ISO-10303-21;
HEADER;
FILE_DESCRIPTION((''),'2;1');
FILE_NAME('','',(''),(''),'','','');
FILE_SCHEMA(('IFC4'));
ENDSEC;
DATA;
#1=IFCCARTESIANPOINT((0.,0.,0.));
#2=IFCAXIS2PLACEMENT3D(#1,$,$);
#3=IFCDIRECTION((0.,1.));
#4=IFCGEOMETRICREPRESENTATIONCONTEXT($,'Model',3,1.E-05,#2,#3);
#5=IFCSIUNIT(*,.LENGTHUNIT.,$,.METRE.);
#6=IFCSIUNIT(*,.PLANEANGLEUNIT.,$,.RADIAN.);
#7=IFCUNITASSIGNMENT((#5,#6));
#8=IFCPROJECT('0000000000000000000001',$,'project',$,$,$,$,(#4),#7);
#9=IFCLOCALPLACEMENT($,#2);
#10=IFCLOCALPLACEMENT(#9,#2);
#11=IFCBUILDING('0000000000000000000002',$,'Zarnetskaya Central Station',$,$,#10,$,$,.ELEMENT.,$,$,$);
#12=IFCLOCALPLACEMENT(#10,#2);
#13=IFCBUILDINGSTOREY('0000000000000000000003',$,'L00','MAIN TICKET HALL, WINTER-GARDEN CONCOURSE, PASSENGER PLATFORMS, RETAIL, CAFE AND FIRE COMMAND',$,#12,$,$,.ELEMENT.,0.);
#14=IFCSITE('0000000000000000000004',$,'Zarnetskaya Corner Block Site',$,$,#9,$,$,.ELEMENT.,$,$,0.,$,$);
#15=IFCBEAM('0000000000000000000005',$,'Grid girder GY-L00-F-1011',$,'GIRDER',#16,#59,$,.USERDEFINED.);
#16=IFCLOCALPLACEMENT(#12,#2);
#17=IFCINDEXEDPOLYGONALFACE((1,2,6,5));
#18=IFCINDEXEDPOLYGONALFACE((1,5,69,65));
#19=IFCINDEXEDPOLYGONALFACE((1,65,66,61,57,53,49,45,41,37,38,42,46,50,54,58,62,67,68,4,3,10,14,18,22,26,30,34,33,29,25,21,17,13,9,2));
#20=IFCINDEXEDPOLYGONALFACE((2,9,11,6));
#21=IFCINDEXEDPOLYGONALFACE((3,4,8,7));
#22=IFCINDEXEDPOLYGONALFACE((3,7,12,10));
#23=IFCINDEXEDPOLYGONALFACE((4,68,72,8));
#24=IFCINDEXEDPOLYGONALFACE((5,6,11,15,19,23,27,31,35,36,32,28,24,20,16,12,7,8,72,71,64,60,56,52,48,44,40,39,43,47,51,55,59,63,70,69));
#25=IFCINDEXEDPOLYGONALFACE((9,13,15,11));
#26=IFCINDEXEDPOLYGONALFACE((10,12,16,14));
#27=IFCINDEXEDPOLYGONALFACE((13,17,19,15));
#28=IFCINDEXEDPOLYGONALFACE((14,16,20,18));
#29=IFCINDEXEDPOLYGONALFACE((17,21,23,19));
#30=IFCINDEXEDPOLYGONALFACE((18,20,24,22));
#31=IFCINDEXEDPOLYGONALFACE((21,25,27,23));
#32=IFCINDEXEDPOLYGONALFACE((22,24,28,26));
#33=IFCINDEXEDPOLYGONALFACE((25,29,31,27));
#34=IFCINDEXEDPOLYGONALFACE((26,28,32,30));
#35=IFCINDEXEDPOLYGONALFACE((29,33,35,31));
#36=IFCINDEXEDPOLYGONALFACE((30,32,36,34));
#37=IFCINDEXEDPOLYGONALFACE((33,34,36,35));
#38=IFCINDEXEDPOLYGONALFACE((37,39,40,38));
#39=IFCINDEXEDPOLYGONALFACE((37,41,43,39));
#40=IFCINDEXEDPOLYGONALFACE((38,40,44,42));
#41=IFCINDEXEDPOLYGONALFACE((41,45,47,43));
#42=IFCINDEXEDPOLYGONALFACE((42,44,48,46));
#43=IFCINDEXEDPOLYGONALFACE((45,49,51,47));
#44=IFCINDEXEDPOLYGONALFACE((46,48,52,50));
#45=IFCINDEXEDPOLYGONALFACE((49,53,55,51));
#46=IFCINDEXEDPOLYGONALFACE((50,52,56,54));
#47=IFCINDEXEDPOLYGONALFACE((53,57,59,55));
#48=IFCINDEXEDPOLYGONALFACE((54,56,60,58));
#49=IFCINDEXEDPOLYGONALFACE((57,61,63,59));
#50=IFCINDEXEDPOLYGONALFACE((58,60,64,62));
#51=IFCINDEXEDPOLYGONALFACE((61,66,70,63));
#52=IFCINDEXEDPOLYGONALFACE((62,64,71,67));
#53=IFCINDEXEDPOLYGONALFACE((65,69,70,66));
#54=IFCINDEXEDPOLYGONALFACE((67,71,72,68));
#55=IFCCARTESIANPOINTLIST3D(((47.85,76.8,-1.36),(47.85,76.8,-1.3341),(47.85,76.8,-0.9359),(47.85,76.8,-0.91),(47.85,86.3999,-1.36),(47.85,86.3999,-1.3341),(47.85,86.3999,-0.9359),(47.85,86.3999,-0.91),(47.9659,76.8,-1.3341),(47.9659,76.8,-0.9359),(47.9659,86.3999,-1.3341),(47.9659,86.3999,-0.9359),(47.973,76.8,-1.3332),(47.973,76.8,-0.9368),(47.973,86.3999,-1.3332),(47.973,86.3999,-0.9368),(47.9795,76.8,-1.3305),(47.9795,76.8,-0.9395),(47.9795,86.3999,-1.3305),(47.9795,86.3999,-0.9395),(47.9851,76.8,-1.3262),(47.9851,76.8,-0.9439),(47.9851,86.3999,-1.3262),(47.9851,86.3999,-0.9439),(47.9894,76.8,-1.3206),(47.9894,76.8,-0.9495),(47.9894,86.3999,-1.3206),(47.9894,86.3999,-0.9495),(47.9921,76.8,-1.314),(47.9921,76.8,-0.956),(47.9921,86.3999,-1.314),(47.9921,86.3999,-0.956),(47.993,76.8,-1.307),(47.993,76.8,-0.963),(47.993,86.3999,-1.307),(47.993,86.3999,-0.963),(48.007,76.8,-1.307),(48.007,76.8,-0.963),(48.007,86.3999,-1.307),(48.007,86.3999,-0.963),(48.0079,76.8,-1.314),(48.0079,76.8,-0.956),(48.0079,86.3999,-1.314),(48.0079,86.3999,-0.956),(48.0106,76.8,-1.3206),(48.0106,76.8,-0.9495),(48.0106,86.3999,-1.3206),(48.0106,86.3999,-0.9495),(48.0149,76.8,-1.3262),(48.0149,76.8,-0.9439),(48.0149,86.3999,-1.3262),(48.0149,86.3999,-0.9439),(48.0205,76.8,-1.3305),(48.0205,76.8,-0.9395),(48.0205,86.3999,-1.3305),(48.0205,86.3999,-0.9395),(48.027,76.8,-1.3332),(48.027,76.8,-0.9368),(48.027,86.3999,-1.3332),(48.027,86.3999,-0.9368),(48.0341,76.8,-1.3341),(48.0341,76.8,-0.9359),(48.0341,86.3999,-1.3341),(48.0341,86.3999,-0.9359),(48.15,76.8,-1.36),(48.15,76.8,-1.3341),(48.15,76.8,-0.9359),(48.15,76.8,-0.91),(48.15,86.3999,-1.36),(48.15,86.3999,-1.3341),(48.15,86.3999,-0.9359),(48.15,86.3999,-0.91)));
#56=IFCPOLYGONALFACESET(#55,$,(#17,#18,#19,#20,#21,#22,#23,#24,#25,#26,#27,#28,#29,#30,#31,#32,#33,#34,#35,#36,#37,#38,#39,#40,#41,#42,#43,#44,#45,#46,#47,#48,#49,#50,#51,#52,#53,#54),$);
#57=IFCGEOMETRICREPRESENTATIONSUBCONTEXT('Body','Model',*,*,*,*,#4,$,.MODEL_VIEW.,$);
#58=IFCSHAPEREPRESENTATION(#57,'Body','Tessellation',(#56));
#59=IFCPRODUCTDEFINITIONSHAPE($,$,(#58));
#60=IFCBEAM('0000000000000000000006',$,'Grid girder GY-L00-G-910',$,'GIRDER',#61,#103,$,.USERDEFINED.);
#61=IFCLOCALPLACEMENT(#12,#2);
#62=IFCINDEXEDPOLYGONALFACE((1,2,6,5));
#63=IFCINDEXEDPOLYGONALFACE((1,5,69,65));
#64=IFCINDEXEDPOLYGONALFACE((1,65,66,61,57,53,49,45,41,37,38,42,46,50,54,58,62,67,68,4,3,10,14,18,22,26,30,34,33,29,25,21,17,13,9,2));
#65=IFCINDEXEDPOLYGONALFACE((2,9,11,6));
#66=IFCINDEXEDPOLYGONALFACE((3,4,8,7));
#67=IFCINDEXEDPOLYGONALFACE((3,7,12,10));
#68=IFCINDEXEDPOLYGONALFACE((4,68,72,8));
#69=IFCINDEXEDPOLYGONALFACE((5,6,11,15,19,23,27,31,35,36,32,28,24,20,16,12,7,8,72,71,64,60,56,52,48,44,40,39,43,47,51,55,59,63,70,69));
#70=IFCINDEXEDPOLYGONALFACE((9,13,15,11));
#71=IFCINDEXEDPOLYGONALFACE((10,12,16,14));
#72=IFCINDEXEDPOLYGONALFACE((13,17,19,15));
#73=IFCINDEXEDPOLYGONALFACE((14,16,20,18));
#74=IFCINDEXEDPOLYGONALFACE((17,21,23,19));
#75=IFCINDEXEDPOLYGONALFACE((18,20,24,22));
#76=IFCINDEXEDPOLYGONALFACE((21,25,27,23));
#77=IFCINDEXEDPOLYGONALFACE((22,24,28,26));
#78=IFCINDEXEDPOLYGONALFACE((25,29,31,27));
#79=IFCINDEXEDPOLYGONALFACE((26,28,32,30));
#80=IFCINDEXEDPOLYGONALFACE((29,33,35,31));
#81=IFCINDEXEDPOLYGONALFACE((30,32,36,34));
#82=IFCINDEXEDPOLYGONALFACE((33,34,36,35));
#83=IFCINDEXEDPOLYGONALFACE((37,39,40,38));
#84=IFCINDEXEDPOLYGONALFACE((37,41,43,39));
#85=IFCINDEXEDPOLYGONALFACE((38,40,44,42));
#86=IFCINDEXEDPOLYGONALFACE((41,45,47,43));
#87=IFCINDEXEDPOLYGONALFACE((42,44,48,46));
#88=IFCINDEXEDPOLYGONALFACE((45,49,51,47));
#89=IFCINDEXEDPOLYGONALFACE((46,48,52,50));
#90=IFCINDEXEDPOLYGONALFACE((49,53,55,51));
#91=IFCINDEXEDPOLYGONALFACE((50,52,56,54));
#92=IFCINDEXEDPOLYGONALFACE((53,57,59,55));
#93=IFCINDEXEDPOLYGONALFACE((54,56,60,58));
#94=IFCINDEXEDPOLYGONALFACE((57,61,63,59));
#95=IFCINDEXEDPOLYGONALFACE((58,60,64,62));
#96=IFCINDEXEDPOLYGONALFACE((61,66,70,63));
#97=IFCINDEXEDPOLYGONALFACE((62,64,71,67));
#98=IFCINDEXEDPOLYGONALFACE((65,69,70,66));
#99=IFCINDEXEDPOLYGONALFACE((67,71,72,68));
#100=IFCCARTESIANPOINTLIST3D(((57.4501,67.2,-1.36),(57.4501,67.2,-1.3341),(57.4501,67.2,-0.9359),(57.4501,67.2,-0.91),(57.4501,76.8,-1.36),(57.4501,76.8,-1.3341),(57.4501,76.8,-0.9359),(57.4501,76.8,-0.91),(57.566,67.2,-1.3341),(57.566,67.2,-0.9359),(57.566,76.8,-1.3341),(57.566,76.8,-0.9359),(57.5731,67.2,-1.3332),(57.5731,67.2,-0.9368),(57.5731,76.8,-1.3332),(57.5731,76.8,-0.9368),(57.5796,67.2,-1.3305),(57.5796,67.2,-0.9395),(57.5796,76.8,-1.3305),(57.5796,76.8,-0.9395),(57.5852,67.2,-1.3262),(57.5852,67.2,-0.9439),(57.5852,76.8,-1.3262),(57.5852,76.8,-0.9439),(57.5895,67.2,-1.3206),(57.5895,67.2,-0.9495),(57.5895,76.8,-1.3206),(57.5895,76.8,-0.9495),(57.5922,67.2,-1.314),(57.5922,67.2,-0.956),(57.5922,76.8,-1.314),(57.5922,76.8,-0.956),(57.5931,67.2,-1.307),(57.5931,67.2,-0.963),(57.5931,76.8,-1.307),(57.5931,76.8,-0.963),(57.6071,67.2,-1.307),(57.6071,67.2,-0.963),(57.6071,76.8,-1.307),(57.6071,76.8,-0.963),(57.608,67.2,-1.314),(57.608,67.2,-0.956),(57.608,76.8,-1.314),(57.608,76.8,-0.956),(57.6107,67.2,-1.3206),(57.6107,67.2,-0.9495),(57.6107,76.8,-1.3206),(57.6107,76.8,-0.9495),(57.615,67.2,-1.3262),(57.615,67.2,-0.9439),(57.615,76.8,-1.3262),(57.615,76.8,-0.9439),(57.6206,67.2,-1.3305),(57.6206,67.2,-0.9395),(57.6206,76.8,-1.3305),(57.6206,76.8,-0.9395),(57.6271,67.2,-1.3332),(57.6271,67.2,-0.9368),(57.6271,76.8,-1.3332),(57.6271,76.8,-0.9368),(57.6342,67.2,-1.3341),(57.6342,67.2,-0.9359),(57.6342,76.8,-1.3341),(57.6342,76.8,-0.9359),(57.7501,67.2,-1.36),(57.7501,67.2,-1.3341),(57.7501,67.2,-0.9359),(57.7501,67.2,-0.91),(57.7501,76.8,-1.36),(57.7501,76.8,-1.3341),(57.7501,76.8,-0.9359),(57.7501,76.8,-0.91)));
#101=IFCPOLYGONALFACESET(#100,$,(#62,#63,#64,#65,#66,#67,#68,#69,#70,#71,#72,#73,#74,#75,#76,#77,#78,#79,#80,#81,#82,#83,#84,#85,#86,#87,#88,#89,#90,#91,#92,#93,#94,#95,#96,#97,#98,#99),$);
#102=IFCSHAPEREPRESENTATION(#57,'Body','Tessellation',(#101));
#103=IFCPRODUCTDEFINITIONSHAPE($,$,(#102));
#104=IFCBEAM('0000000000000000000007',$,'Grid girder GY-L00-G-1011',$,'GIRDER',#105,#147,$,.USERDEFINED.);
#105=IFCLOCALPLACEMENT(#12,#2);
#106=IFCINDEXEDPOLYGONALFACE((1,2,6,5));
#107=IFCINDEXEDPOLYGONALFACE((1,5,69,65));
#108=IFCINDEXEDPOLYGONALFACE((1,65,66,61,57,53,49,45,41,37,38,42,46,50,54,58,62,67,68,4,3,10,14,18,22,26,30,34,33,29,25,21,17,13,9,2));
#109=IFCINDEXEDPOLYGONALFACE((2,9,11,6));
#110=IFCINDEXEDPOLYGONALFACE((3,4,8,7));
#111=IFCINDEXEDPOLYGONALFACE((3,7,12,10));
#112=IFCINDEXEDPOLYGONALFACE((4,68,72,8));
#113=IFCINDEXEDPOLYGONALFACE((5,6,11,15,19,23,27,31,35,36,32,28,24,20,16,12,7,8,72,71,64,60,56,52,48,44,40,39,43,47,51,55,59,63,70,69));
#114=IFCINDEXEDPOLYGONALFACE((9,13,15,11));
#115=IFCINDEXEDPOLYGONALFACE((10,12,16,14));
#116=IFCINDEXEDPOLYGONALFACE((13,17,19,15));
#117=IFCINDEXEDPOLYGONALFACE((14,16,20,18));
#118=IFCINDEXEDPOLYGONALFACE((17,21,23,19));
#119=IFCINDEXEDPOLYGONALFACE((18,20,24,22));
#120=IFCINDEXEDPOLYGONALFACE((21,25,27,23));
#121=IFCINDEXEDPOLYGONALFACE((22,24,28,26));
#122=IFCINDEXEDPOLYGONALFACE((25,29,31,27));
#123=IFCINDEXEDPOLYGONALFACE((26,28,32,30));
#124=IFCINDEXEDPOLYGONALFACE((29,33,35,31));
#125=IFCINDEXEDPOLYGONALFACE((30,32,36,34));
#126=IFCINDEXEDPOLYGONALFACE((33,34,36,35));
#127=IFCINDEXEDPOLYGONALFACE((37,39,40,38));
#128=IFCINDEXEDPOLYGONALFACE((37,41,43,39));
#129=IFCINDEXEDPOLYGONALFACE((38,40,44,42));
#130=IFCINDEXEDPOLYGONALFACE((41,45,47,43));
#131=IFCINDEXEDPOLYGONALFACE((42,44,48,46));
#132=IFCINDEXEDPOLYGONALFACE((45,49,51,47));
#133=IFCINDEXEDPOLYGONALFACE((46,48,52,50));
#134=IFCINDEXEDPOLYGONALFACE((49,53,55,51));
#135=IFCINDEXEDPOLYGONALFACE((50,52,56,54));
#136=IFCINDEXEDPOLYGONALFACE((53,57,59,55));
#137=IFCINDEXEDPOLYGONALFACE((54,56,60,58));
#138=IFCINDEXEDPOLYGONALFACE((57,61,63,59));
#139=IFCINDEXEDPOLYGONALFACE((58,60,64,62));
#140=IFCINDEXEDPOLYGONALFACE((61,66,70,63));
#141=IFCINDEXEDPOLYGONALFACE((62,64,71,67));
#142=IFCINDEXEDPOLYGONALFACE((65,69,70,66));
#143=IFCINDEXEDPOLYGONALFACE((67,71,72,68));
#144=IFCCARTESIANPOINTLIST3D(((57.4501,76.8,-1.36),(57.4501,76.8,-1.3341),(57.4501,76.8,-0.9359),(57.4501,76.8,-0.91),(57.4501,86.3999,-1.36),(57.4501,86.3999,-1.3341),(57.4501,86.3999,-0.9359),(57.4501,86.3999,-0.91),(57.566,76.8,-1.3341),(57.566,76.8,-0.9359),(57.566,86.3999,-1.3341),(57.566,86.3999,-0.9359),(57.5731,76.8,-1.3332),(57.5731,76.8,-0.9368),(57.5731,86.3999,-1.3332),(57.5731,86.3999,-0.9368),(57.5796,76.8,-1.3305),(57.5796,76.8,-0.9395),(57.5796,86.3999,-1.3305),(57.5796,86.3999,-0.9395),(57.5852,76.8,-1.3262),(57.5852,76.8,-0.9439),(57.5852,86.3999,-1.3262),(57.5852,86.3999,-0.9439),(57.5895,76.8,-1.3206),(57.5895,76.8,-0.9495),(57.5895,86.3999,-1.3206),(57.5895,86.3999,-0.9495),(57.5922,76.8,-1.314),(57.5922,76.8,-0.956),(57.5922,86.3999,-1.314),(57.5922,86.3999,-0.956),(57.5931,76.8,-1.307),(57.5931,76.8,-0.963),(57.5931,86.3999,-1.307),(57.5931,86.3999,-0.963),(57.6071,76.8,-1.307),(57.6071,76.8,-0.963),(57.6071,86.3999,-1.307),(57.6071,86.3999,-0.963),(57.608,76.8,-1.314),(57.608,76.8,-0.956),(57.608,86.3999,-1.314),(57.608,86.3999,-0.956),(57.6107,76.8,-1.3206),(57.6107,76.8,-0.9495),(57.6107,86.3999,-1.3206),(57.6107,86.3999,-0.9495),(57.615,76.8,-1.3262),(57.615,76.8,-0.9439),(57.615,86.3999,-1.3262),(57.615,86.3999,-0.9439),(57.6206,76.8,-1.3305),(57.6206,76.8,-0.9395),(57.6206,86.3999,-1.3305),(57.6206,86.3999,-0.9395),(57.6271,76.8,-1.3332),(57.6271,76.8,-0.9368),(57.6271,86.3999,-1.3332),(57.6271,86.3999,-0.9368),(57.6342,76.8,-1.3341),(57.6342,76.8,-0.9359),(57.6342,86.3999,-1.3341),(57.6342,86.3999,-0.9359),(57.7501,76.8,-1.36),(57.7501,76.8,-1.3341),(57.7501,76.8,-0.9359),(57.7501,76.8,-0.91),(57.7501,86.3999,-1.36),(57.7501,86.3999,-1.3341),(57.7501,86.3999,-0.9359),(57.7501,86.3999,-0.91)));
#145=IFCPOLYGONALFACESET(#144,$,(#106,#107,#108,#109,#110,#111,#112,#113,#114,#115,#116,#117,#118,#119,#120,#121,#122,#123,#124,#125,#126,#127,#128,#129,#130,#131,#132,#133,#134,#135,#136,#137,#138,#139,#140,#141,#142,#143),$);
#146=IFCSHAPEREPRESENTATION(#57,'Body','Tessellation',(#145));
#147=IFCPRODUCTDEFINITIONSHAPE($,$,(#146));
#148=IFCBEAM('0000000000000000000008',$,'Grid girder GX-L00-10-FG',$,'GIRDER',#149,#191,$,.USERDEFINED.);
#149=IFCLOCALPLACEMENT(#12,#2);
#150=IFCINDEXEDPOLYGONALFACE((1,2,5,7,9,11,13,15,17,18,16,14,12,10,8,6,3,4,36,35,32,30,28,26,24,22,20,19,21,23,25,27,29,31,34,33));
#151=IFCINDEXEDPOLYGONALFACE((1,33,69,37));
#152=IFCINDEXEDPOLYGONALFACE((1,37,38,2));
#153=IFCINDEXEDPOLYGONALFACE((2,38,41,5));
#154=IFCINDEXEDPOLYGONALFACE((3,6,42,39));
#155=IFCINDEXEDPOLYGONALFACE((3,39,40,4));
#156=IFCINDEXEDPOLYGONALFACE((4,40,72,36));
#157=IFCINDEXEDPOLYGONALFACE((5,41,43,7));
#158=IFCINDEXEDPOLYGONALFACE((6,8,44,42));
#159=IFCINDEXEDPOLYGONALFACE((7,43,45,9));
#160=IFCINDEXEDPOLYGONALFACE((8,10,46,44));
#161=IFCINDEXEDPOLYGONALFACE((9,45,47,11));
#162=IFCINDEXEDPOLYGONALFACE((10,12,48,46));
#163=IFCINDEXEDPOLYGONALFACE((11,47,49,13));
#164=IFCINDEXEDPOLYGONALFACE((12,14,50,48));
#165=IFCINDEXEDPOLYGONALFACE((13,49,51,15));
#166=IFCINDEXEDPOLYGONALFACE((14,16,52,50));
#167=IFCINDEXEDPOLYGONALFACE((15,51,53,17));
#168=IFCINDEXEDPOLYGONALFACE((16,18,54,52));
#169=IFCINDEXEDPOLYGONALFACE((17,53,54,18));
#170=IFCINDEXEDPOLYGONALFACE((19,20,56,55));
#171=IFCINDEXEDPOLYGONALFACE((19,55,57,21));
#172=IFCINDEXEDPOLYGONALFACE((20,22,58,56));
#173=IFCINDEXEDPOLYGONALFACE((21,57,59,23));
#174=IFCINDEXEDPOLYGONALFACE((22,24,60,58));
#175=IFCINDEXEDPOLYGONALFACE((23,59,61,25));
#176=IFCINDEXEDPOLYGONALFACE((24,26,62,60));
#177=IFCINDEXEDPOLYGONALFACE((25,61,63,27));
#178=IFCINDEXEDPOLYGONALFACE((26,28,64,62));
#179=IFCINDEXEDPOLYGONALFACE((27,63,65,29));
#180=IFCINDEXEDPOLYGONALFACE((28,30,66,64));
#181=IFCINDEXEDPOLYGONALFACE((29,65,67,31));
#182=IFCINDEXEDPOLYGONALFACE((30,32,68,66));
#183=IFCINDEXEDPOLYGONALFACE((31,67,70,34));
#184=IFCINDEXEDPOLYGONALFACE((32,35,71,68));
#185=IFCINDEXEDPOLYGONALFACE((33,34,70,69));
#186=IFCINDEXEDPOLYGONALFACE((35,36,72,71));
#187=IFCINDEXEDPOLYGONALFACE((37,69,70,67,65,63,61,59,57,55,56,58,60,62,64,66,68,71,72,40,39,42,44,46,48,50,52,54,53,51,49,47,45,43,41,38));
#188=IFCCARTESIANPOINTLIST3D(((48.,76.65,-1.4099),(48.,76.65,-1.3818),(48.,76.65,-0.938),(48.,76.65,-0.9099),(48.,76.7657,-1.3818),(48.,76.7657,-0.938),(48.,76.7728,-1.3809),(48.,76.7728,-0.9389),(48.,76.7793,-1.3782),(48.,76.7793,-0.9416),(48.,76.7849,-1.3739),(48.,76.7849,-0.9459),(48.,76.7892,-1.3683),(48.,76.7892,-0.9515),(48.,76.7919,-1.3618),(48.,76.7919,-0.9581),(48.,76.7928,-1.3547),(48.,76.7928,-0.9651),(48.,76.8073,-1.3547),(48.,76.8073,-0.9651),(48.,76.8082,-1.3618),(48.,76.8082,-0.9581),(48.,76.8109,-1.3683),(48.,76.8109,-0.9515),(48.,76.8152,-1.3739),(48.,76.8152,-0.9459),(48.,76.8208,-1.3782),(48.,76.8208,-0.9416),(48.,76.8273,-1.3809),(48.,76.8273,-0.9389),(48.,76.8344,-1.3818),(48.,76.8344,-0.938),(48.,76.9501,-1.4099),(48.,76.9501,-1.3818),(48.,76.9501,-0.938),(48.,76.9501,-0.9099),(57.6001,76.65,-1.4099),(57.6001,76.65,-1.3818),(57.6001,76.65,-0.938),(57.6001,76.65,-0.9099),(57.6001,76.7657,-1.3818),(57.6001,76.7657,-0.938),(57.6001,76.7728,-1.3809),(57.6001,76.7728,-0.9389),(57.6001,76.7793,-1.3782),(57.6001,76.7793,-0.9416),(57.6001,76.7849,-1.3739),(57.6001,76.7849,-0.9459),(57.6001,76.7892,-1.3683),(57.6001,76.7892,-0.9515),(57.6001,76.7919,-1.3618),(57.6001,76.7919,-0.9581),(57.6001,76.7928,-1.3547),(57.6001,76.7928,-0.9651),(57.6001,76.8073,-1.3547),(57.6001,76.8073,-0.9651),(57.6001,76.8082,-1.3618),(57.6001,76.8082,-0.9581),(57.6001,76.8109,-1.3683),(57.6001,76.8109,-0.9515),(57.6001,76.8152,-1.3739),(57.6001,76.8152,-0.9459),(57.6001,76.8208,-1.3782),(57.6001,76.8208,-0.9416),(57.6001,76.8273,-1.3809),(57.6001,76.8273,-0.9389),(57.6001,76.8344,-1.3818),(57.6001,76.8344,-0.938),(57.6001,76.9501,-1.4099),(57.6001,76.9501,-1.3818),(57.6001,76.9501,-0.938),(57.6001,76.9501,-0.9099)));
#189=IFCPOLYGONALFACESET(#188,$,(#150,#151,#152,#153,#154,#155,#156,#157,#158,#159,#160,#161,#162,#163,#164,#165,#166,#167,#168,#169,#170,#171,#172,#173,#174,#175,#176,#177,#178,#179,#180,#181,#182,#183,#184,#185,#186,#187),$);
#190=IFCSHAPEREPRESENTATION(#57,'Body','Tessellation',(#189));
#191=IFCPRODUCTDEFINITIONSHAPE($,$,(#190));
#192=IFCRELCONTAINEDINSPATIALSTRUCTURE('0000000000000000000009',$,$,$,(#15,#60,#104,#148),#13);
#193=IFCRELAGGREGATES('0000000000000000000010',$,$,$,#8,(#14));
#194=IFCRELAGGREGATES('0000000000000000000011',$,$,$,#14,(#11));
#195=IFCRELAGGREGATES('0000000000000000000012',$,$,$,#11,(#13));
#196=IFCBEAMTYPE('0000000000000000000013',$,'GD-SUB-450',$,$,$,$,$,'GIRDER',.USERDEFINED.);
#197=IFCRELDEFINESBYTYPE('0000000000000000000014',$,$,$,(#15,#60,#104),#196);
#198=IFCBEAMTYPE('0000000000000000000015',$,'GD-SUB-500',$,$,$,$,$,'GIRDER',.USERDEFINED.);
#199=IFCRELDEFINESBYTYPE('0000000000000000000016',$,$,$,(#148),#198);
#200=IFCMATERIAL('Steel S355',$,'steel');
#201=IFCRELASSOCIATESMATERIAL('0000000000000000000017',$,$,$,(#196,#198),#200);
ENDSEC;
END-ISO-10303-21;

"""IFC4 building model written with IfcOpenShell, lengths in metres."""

from ifc_helpers import new_model, si_unit, direction, frame, origin, origin_2d, place, context, subcontext, project, spatial, i_section, extrude, material, material_profile, profile_set, type_object, element, save


model = new_model("IFC4")

# Units and contexts
model_context = context("Model", 3, precision=1e-05, world=origin(), true_north=direction((0.0, 1.0)))
body_context = subcontext(model_context, "Body", "Model", "MODEL_VIEW")
ifc_project = project(units=[si_unit("LENGTHUNIT", "METRE"), si_unit("PLANEANGLEUNIT", "RADIAN")], contexts=[model_context])

# Site, building, storey
site_placement = place(None, origin())
site = spatial("IfcSite", under=ifc_project, at=site_placement, Name="Zarnetskaya Corner Block Site", CompositionType="ELEMENT", RefElevation=0.0)
building_placement = place(site_placement, origin())
building = spatial("IfcBuilding", under=site, at=building_placement, Name="Zarnetskaya Central Station", CompositionType="ELEMENT")
storey_placement = place(building_placement, origin())
storey = spatial("IfcBuildingStorey", under=building, at=storey_placement, Name="L00", Description="MAIN TICKET HALL, WINTER-GARDEN CONCOURSE, PASSENGER PLATFORMS, RETAIL, CAFE AND FIRE COMMAND", CompositionType="ELEMENT", Elevation=0.0)

# Shared definitions
ifc_material = material(Name="Steel S355", Category="steel")

# Beams
ifc_material_profile_1 = material_profile(ifc_material, i_section(OverallWidth=0.3, OverallDepth=0.45, WebThickness=0.0139, FlangeThickness=0.0259, FilletRadius=0.0271, at=origin_2d()), Name="HEB 450")
ifc_profile_set_1 = profile_set([ifc_material_profile_1], Name="Steel S355")
beam_type_1 = type_object("IfcBeamType", Name="GD-SUB-450", ElementType="GIRDER", PredefinedType="USERDEFINED", material=ifc_profile_set_1)
beam_1_placement = place(storey_placement, frame((48.0, 76.8, -1.135), z_axis=(0.0, 1.0, 0.0), x_axis=(-1.0, 0.0, 0.0)))
element("IfcBeam", 1, at=beam_1_placement, inside=storey, type_object=beam_type_1, Name="Grid girder GY-L00-F-1011", ObjectType="GIRDER", PredefinedType="USERDEFINED", context=body_context, shape_type="SweptSolid", body=[
    extrude(i_section(OverallWidth=0.3, OverallDepth=0.45, WebThickness=0.0139, FlangeThickness=0.0259, FilletRadius=0.0271, at=origin_2d()), origin(), (0.0, 0.0, 1.0), 9.5999),
])
beam_2_placement = place(storey_placement, frame((57.6001, 67.2, -1.135), z_axis=(0.0, 1.0, 0.0), x_axis=(-1.0, 0.0, 0.0)))
element("IfcBeam", 2, at=beam_2_placement, inside=storey, type_object=beam_type_1, Name="Grid girder GY-L00-G-910", ObjectType="GIRDER", PredefinedType="USERDEFINED", context=body_context, shape_type="SweptSolid", body=[
    extrude(i_section(OverallWidth=0.3, OverallDepth=0.45, WebThickness=0.0139, FlangeThickness=0.0259, FilletRadius=0.0271, at=origin_2d()), origin(), (0.0, 0.0, 1.0), 9.6001),
])
beam_3_placement = place(storey_placement, frame((57.6001, 76.8, -1.135), z_axis=(0.0, 1.0, 0.0), x_axis=(-1.0, 0.0, 0.0)))
element("IfcBeam", 3, at=beam_3_placement, inside=storey, type_object=beam_type_1, Name="Grid girder GY-L00-G-1011", ObjectType="GIRDER", PredefinedType="USERDEFINED", context=body_context, shape_type="SweptSolid", body=[
    extrude(i_section(OverallWidth=0.3, OverallDepth=0.45, WebThickness=0.0139, FlangeThickness=0.0259, FilletRadius=0.0271, at=origin_2d()), origin(), (0.0, 0.0, 1.0), 9.5999),
])
ifc_material_profile_2 = material_profile(ifc_material, i_section(OverallWidth=0.3, OverallDepth=0.5, WebThickness=0.0144, FlangeThickness=0.0281, FilletRadius=0.0271, at=origin_2d()), Name="HEB 500")
ifc_profile_set_2 = profile_set([ifc_material_profile_2], Name="Steel S355")
beam_type_2 = type_object("IfcBeamType", Name="GD-SUB-500", ElementType="GIRDER", PredefinedType="USERDEFINED", material=ifc_profile_set_2)
beam_4_placement = place(storey_placement, frame((48.0, 76.8, -1.1599), z_axis=(1.0, 0.0, 0.0), x_axis=(0.0, 1.0, 0.0)))
element("IfcBeam", 4, at=beam_4_placement, inside=storey, type_object=beam_type_2, Name="Grid girder GX-L00-10-FG", ObjectType="GIRDER", PredefinedType="USERDEFINED", context=body_context, shape_type="SweptSolid", body=[
    extrude(i_section(OverallWidth=0.3, OverallDepth=0.5, WebThickness=0.0144, FlangeThickness=0.0281, FilletRadius=0.0271, at=origin_2d()), origin(), (0.0, 0.0, 1.0), 9.6001),
])

save(model, "model.ifc")
